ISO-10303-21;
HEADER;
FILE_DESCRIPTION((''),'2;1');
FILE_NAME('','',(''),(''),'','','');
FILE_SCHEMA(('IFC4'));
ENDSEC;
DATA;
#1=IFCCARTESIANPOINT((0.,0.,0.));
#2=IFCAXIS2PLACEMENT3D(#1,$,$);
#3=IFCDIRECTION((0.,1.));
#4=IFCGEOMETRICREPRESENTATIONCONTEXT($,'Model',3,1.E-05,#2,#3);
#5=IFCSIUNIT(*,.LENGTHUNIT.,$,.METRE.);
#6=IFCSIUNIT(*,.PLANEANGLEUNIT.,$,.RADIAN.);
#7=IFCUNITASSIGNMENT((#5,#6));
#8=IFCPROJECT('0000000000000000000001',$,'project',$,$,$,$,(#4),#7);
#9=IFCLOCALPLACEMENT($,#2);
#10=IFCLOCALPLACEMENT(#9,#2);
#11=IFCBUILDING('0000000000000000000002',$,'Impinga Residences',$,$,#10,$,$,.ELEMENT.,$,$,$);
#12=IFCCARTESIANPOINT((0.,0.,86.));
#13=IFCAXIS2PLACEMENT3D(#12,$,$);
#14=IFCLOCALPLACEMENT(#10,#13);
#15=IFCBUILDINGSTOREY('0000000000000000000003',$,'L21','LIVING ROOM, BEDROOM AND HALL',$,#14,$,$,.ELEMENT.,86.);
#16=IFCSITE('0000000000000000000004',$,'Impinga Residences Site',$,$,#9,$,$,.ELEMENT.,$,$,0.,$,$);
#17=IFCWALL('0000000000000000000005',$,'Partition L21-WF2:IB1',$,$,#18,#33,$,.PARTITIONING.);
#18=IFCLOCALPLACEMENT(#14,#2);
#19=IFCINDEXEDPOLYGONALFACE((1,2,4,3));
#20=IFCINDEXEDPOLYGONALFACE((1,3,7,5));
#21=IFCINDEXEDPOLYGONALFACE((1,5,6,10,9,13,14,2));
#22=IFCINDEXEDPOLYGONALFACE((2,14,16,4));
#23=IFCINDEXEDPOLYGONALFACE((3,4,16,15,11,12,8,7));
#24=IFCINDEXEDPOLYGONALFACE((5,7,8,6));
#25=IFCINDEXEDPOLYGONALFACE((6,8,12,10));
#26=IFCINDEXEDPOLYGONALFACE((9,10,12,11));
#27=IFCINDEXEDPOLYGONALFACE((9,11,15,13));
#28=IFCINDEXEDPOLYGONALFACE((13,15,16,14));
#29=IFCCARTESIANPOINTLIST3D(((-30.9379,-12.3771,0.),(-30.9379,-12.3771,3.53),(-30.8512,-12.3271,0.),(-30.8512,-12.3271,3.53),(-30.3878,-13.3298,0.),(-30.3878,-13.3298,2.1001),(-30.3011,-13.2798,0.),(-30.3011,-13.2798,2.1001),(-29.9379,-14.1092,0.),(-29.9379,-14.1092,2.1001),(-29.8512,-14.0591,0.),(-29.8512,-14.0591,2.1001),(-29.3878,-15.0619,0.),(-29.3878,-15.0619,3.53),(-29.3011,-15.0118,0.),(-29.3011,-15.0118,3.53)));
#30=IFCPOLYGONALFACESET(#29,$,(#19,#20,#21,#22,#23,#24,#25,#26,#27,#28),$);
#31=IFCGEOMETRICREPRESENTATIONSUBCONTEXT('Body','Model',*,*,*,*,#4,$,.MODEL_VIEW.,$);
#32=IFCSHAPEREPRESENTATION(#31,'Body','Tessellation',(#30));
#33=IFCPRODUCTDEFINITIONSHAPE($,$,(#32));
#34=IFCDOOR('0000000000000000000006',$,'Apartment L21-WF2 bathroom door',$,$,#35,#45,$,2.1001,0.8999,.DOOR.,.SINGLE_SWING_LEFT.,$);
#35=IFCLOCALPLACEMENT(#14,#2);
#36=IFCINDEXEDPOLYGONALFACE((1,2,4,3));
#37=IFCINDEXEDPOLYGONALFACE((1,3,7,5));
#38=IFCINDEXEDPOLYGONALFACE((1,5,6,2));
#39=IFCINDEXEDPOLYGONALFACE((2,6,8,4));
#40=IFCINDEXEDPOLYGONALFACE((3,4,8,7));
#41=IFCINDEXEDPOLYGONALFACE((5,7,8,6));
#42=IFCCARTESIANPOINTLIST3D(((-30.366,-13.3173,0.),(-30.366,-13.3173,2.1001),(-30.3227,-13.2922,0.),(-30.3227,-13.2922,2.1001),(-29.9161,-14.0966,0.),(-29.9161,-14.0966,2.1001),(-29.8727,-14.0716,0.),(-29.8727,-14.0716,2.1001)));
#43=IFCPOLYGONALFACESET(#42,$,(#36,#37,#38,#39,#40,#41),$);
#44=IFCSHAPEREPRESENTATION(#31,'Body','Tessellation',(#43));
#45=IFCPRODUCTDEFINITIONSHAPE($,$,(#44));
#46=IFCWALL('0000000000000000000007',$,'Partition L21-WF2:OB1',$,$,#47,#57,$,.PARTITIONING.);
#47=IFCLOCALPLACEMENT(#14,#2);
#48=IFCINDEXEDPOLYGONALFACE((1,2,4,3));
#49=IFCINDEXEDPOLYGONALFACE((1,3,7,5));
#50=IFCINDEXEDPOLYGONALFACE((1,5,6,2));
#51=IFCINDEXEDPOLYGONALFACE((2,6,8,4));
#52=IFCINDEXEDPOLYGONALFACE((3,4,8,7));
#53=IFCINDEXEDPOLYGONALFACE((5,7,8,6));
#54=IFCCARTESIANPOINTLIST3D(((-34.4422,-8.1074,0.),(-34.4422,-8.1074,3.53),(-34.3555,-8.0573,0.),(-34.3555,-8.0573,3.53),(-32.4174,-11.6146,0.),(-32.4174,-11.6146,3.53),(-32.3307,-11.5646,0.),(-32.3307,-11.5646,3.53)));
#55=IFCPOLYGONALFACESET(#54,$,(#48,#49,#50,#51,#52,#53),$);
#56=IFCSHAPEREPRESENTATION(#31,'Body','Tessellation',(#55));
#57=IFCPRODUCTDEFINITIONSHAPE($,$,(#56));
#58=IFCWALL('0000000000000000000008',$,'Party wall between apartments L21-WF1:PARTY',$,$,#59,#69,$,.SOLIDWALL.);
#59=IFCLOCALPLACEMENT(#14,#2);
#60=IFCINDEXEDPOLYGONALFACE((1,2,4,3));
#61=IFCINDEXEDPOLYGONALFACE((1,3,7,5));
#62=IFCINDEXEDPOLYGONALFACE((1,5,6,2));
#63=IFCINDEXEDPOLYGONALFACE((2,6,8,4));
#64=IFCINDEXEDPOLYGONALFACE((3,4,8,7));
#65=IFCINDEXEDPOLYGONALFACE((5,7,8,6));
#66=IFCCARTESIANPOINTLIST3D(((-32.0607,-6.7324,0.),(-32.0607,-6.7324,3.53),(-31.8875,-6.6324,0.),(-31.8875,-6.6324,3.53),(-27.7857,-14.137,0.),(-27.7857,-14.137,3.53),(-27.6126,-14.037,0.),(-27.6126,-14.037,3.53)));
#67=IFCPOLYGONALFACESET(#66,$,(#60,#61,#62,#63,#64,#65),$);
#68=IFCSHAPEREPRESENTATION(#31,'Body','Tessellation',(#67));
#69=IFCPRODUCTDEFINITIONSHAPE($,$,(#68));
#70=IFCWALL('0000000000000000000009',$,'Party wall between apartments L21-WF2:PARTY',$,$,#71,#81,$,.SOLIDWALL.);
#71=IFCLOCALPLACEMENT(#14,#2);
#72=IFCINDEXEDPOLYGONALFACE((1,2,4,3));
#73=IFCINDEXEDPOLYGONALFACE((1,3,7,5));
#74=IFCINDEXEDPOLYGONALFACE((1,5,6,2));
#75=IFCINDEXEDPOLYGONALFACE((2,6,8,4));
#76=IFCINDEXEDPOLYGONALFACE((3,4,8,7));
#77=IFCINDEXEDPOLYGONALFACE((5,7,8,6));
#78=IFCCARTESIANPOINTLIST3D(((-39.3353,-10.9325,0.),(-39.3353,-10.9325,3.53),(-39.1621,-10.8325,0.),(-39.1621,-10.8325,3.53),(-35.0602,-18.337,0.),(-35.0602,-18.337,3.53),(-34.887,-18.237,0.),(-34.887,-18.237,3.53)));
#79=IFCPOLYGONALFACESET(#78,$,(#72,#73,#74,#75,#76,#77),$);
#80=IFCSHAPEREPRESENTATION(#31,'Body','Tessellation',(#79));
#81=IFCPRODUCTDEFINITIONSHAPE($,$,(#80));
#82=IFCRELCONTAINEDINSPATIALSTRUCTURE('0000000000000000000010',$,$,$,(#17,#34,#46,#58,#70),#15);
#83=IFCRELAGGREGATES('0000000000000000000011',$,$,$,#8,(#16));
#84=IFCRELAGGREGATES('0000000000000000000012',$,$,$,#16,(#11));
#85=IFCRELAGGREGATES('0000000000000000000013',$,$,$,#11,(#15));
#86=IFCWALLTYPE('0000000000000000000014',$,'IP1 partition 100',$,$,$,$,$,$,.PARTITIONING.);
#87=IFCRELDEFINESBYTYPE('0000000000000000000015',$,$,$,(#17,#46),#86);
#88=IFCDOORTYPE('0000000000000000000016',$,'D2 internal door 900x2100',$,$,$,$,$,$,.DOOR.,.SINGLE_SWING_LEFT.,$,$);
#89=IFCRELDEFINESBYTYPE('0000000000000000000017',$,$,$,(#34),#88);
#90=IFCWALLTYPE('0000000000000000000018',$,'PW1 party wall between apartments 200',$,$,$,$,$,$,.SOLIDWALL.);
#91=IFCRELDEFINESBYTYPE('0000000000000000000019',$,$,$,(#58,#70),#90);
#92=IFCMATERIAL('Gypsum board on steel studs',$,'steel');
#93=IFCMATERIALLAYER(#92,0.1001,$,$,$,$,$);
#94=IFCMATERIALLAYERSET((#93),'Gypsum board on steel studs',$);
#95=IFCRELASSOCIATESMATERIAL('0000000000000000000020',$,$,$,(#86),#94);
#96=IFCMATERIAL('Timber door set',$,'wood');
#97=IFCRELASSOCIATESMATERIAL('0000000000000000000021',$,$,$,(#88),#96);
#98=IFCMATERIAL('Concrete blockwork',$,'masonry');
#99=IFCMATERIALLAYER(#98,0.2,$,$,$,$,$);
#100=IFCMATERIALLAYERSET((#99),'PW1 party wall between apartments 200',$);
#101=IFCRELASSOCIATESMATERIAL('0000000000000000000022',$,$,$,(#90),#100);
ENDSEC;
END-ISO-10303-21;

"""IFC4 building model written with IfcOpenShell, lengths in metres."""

from ifc_helpers import new_model, si_unit, direction, frame, frame_2d, origin, place, context, subcontext, project, spatial, rectangle, extrude, material, layer, layer_set, type_object, element, fill, save


model = new_model("IFC4")

# Units and contexts
model_context = context("Model", 3, precision=1e-05, world=origin(), true_north=direction((0.0, 1.0)))
body_context = subcontext(model_context, "Body", "Model", "MODEL_VIEW")
ifc_project = project(units=[si_unit("LENGTHUNIT", "METRE"), si_unit("PLANEANGLEUNIT", "RADIAN")], contexts=[model_context])

# Site, building, storey
site_placement = place(None, origin())
site = spatial("IfcSite", under=ifc_project, at=site_placement, Name="Impinga Residences Site", CompositionType="ELEMENT", RefElevation=0.0)
building_placement = place(site_placement, origin())
building = spatial("IfcBuilding", under=site, at=building_placement, Name="Impinga Residences", CompositionType="ELEMENT")
storey_placement = place(building_placement, frame((0.0, 0.0, 86.0)))
storey = spatial("IfcBuildingStorey", under=building, at=storey_placement, Name="L21", Description="LIVING ROOM, BEDROOM AND HALL", CompositionType="ELEMENT", Elevation=86.0)

# Shared definitions
ifc_material_1 = material(Name="Gypsum board on steel studs", Category="steel")
ifc_layer_1 = layer(ifc_material_1, 0.1001)
ifc_layer_set_1 = layer_set([ifc_layer_1], Name="Gypsum board on steel studs")
wall_type_1 = type_object("IfcWallType", Name="IP1 partition 100", PredefinedType="PARTITIONING", material=ifc_layer_set_1)

# Shared definitions
ifc_material_2 = material(Name="Timber door set", Category="wood")
door_type = type_object("IfcDoorType", Name="D2 internal door 900x2100", OperationType="SINGLE_SWING_LEFT", PredefinedType="DOOR", material=ifc_material_2)

# Wall, opening, door
wall_1_placement = place(storey_placement, frame((-29.3445, -15.0369, 0.0), z_axis=(0.0, 0.0, 1.0), x_axis=(-0.499993, 0.86603, 0.0)))
wall_1 = element("IfcWall", 1, at=wall_1_placement, inside=storey, type_object=wall_type_1, Name="Partition L21-WF2:IB1", PredefinedType="PARTITIONING", context=body_context, shape_type="SweptSolid", body=[
    extrude(rectangle(XDim=3.1001, YDim=0.1001, at=frame_2d((1.55, 0.0))), origin(), (0.0, 0.0, 1.0), 3.53),
])
opening_1_placement = place(wall_1_placement, frame((1.1001, 0.0, 0.0)))
opening_1 = element("IfcOpeningElement", 2, at=opening_1_placement, cuts=wall_1, PredefinedType="OPENING", context=body_context, shape_type="SweptSolid", body=[
    extrude(rectangle(XDim=0.8999, YDim=2.1001, at=frame_2d((0.45, 1.05))), frame((0.0, 0.0601, 0.0), z_axis=(0.0, -1.0, 0.0), x_axis=(1.0, 0.0, 0.0)), (0.0, 0.0, 1.0), 0.1201),
])
door_1_placement = place(opening_1_placement, origin())
door_1 = element("IfcDoor", 3, at=door_1_placement, inside=storey, type_object=door_type, Name="Apartment L21-WF2 bathroom door", OperationType="SINGLE_SWING_LEFT", OverallHeight=2.1001, OverallWidth=0.8999, PredefinedType="DOOR", context=body_context, shape_type="SweptSolid", body=[
    extrude(rectangle(XDim=0.8999, YDim=2.1001, at=frame_2d((0.45, 1.05))), frame((0.0, 0.0249, 0.0), z_axis=(0.0, -1.0, 0.0), x_axis=(1.0, 0.0, 0.0)), (0.0, 0.0, 1.0), 0.05),
])
fill(opening_1, door_1)

# Walls
wall_2_placement = place(storey_placement, frame((-32.374, -11.5896, 0.0), z_axis=(0.0, 0.0, 1.0), x_axis=(-0.49999, 0.866031, 0.0)))
element("IfcWall", 4, at=wall_2_placement, inside=storey, type_object=wall_type_1, Name="Partition L21-WF2:OB1", PredefinedType="PARTITIONING", context=body_context, shape_type="SweptSolid", body=[
    extrude(rectangle(XDim=4.0498, YDim=0.1001, at=frame_2d((2.0249, 0.0))), origin(), (0.0, 0.0, 1.0), 3.53),
])
ifc_material_3 = material(Name="Concrete blockwork", Category="masonry")
ifc_layer_2 = layer(ifc_material_3, 0.2)
ifc_layer_set_2 = layer_set([ifc_layer_2], Name="PW1 party wall between apartments 200")
wall_type_2 = type_object("IfcWallType", Name="PW1 party wall between apartments 200", PredefinedType="SOLIDWALL", material=ifc_layer_set_2)
for number, where, z_axis, x_axis, name in (
    (5, (-27.6992, -14.0869, 0.0), (0.0, 0.0, 1.0), (-0.49999, 0.866031, 0.0), "Party wall between apartments L21-WF1:PARTY"),
    (6, (-34.9736, -18.2869, 0.0), (0.0, 0.0, 1.0), (-0.500012, 0.866019, 0.0), "Party wall between apartments L21-WF2:PARTY"),
):
    element("IfcWall", number, at=place(storey_placement, frame(where, z_axis=z_axis, x_axis=x_axis)), inside=storey, type_object=wall_type_2, Name=name, PredefinedType="SOLIDWALL", context=body_context, shape_type="SweptSolid", body=[
        extrude(rectangle(XDim=8.55, YDim=0.2, at=frame_2d((4.2749, 0.0))), origin(), (0.0, 0.0, 1.0), 3.53),
    ])

save(model, "model.ifc")
